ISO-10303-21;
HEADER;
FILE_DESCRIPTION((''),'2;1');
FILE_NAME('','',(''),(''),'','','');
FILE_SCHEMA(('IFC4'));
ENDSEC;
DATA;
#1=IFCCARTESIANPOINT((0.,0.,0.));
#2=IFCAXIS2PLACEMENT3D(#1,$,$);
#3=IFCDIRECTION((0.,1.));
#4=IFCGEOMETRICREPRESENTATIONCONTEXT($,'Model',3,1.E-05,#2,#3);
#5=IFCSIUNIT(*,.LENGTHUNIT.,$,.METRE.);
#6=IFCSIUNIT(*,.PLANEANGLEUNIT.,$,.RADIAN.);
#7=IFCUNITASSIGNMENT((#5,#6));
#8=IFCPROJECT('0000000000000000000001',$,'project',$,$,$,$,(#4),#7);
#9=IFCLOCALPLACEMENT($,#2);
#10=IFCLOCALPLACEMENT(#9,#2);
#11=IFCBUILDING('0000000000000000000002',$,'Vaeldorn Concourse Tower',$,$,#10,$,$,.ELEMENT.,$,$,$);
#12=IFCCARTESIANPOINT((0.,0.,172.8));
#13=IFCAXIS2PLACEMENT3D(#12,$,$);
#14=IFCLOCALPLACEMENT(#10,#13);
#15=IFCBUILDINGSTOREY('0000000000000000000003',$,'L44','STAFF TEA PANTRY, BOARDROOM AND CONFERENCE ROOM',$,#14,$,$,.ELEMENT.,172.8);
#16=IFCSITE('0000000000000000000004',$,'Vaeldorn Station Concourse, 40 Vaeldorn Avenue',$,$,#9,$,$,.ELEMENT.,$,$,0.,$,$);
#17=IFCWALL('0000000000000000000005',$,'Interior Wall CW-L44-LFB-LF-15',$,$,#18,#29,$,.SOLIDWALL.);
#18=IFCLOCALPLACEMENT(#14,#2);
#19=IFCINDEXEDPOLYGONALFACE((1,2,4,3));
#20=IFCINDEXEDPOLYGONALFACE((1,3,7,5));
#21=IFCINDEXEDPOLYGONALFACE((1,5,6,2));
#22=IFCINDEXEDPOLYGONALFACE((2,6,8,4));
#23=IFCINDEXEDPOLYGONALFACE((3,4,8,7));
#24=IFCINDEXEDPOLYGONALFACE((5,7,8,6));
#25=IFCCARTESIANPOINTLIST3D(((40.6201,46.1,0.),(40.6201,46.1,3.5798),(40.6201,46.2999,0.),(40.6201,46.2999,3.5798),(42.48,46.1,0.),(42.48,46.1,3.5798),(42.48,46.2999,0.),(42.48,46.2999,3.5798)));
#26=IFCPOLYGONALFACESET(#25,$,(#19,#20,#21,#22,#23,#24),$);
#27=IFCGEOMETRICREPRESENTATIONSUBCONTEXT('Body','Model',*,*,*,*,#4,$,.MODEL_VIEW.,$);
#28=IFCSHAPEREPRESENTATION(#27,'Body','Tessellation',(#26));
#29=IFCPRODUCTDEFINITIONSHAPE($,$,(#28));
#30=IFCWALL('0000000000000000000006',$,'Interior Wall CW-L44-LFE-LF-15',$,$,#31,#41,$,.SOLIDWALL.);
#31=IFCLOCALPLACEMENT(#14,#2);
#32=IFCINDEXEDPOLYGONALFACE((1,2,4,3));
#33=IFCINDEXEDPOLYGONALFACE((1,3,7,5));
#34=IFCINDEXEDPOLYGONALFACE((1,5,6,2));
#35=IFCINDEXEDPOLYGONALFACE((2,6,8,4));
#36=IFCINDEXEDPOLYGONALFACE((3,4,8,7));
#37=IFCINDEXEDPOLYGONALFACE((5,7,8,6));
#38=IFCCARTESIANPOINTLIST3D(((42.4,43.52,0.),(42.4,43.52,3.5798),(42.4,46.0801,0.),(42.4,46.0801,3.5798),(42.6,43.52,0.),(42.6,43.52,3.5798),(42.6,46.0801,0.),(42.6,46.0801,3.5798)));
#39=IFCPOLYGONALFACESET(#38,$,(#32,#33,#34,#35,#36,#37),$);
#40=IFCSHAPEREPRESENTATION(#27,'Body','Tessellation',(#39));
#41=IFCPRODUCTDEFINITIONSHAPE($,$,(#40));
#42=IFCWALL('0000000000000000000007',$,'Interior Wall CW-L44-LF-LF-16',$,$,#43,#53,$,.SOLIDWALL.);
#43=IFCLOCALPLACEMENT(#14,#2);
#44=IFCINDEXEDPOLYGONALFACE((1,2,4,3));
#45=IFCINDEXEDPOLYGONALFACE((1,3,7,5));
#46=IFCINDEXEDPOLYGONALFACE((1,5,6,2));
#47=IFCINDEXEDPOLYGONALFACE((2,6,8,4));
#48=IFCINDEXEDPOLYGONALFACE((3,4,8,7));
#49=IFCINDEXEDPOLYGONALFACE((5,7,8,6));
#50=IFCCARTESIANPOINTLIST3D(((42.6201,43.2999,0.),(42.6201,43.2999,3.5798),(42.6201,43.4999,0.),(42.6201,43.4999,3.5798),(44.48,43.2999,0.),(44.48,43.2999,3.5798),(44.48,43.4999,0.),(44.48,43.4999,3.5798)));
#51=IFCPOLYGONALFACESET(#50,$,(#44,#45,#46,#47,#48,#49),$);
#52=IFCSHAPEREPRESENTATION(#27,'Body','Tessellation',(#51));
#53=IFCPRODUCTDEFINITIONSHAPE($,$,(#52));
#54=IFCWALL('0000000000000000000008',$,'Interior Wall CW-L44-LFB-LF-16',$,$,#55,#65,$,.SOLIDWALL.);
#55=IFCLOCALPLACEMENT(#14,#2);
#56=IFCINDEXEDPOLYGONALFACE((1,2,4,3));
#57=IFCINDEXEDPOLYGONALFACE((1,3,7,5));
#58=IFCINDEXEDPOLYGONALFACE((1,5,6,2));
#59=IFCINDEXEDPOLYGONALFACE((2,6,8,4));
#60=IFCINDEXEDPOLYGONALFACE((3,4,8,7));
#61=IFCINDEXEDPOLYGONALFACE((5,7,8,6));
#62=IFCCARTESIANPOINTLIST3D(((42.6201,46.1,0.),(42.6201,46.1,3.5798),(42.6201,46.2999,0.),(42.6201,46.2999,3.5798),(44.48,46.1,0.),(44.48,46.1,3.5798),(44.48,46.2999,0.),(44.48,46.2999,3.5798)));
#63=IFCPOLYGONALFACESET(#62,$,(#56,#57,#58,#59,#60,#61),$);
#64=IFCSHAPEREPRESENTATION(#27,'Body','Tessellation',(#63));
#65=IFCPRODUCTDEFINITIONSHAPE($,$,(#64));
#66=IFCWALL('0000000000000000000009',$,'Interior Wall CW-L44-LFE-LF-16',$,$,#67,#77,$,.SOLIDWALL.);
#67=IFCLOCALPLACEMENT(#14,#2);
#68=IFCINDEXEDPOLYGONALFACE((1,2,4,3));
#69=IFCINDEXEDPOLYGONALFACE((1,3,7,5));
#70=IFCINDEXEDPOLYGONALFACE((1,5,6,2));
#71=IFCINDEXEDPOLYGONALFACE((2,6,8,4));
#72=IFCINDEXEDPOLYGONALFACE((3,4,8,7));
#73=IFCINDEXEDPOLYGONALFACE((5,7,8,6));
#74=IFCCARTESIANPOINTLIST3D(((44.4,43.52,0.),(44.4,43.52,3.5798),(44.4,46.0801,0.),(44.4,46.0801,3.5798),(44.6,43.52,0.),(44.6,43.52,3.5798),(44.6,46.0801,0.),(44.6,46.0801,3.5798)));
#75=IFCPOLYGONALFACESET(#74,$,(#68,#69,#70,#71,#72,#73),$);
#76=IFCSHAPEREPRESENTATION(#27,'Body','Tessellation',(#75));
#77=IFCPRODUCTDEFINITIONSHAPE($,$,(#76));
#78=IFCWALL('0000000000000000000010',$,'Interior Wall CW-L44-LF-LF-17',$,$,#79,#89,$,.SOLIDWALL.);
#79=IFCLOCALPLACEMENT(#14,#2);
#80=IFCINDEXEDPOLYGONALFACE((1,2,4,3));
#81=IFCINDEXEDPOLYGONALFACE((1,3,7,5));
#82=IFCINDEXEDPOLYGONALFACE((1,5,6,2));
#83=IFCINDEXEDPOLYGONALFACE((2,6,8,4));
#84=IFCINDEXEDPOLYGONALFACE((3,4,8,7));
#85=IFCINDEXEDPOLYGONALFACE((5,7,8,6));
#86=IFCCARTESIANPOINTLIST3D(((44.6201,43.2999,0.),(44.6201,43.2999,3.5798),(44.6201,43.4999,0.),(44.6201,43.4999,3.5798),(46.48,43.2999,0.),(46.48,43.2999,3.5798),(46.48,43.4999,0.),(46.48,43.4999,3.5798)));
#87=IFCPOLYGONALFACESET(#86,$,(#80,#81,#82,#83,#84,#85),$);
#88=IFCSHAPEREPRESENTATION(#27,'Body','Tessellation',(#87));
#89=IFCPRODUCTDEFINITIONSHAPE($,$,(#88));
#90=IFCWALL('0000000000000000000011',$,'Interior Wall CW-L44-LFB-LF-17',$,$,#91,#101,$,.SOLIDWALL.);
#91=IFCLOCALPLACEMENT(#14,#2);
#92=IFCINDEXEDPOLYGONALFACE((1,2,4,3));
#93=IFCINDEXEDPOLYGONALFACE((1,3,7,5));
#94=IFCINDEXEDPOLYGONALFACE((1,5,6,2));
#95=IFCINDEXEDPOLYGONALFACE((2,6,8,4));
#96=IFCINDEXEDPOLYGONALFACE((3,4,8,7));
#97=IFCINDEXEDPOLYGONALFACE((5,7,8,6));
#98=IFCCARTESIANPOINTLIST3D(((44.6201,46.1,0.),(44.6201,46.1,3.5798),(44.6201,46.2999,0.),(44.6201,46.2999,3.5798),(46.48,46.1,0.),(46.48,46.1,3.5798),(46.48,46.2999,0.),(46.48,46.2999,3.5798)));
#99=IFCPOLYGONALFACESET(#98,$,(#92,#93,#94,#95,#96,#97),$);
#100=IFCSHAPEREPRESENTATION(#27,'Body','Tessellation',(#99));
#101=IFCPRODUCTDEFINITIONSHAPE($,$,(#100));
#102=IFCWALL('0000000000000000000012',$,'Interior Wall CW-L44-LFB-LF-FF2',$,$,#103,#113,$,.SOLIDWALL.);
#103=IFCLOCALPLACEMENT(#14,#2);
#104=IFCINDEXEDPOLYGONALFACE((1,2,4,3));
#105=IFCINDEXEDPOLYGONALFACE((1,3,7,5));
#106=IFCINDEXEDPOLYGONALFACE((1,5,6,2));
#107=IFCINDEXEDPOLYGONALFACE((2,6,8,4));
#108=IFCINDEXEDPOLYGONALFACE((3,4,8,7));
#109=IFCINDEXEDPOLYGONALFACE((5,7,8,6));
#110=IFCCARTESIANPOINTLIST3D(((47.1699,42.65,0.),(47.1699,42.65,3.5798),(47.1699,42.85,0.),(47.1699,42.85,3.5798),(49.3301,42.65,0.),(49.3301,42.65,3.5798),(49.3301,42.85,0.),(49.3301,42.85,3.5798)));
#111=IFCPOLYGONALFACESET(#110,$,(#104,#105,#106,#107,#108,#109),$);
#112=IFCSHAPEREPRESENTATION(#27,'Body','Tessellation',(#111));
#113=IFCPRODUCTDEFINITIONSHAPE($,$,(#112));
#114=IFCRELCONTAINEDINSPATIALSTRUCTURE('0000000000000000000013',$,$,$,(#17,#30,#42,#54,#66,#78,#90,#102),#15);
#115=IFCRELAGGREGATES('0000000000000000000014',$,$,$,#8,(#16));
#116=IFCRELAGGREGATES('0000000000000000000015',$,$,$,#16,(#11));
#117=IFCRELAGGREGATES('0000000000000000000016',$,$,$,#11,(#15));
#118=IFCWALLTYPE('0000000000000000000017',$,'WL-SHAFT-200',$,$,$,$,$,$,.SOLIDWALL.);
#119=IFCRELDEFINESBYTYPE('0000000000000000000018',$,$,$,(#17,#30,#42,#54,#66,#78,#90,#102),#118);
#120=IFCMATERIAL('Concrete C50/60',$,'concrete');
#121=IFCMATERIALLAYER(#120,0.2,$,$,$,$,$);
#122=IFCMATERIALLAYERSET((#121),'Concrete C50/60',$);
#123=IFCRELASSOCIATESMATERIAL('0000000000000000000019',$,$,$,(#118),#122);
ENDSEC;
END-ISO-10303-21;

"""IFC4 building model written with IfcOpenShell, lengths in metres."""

from ifc_helpers import new_model, si_unit, direction, frame, frame_2d, origin, place, context, subcontext, project, spatial, rectangle, extrude, material, layer, layer_set, type_object, element, save


model = new_model("IFC4")

# Units and contexts
model_context = context("Model", 3, precision=1e-05, world=origin(), true_north=direction((0.0, 1.0)))
body_context = subcontext(model_context, "Body", "Model", "MODEL_VIEW")
ifc_project = project(units=[si_unit("LENGTHUNIT", "METRE"), si_unit("PLANEANGLEUNIT", "RADIAN")], contexts=[model_context])

# Site, building, storey
site_placement = place(None, origin())
site = spatial("IfcSite", under=ifc_project, at=site_placement, Name="Vaeldorn Station Concourse, 40 Vaeldorn Avenue", CompositionType="ELEMENT", RefElevation=0.0)
building_placement = place(site_placement, origin())
building = spatial("IfcBuilding", under=site, at=building_placement, Name="Vaeldorn Concourse Tower", CompositionType="ELEMENT")
storey_placement = place(building_placement, frame((0.0, 0.0, 172.8)))
storey = spatial("IfcBuildingStorey", under=building, at=storey_placement, Name="L44", Description="STAFF TEA PANTRY, BOARDROOM AND CONFERENCE ROOM", CompositionType="ELEMENT", Elevation=172.8)

# Shared definitions
ifc_material_1 = material(Name="Concrete C50/60", Category="concrete")

# Shared definitions
ifc_layer_1 = layer(ifc_material_1, 0.2)
ifc_layer_set_1 = layer_set([ifc_layer_1], Name="Concrete C50/60")
wall_type_1 = type_object("IfcWallType", Name="WL-SHAFT-200", PredefinedType="SOLIDWALL", material=ifc_layer_set_1)

# Walls
for number, where, z_axis, x_axis, name in (
    (1, (40.6201, 46.2, 0.0), (0.0, 0.0, 1.0), (1.0, 0.0, 0.0), "Interior Wall CW-L44-LFB-LF-15"),
):
    element("IfcWall", number, at=place(storey_placement, frame(where, z_axis=z_axis, x_axis=x_axis)), inside=storey, type_object=wall_type_1, Name=name, PredefinedType="SOLIDWALL", context=body_context, shape_type="SweptSolid", body=[
        extrude(rectangle(XDim=1.8599, YDim=0.2, at=frame_2d((0.9299, 0.0))), origin(), (0.0, 0.0, 1.0), 3.5798),
    ])
wall_1_placement = place(storey_placement, frame((42.5, 43.52, 0.0), z_axis=(0.0, 0.0, 1.0), x_axis=(0.0, 1.0, 0.0)))
element("IfcWall", 2, at=wall_1_placement, inside=storey, type_object=wall_type_1, Name="Interior Wall CW-L44-LFE-LF-15", PredefinedType="SOLIDWALL", context=body_context, shape_type="SweptSolid", body=[
    extrude(rectangle(XDim=2.5601, YDim=0.2, at=frame_2d((1.28, 0.0))), origin(), (0.0, 0.0, 1.0), 3.5798),
])
for number, where, z_axis, x_axis, name in (
    (3, (42.6201, 43.3999, 0.0), (0.0, 0.0, 1.0), (1.0, 0.0, 0.0), "Interior Wall CW-L44-LF-LF-16"),
    (4, (42.6201, 46.2, 0.0), (0.0, 0.0, 1.0), (1.0, 0.0, 0.0), "Interior Wall CW-L44-LFB-LF-16"),
):
    element("IfcWall", number, at=place(storey_placement, frame(where, z_axis=z_axis, x_axis=x_axis)), inside=storey, type_object=wall_type_1, Name=name, PredefinedType="SOLIDWALL", context=body_context, shape_type="SweptSolid", body=[
        extrude(rectangle(XDim=1.8599, YDim=0.2, at=frame_2d((0.9299, 0.0))), origin(), (0.0, 0.0, 1.0), 3.5798),
    ])
wall_2_placement = place(storey_placement, frame((44.5, 43.52, 0.0), z_axis=(0.0, 0.0, 1.0), x_axis=(0.0, 1.0, 0.0)))
element("IfcWall", 5, at=wall_2_placement, inside=storey, type_object=wall_type_1, Name="Interior Wall CW-L44-LFE-LF-16", PredefinedType="SOLIDWALL", context=body_context, shape_type="SweptSolid", body=[
    extrude(rectangle(XDim=2.5601, YDim=0.2, at=frame_2d((1.28, 0.0))), origin(), (0.0, 0.0, 1.0), 3.5798),
])
for number, where, z_axis, x_axis, name in (
    (6, (44.6201, 43.3999, 0.0), (0.0, 0.0, 1.0), (1.0, 0.0, 0.0), "Interior Wall CW-L44-LF-LF-17"),
    (7, (44.6201, 46.2, 0.0), (0.0, 0.0, 1.0), (1.0, 0.0, 0.0), "Interior Wall CW-L44-LFB-LF-17"),
):
    element("IfcWall", number, at=place(storey_placement, frame(where, z_axis=z_axis, x_axis=x_axis)), inside=storey, type_object=wall_type_1, Name=name, PredefinedType="SOLIDWALL", context=body_context, shape_type="SweptSolid", body=[
        extrude(rectangle(XDim=1.8599, YDim=0.2, at=frame_2d((0.9299, 0.0))), origin(), (0.0, 0.0, 1.0), 3.5798),
    ])

# Wall
wall_3_placement = place(storey_placement, frame((47.1699, 42.75, 0.0), z_axis=(0.0, 0.0, 1.0), x_axis=(1.0, 0.0, 0.0)))
element("IfcWall", 8, at=wall_3_placement, inside=storey, type_object=wall_type_1, Name="Interior Wall CW-L44-LFB-LF-FF2", PredefinedType="SOLIDWALL", context=body_context, shape_type="SweptSolid", body=[
    extrude(rectangle(XDim=2.1602, YDim=0.2, at=frame_2d((1.0801, 0.0))), origin(), (0.0, 0.0, 1.0), 3.5798),
])

save(model, "model.ifc")
